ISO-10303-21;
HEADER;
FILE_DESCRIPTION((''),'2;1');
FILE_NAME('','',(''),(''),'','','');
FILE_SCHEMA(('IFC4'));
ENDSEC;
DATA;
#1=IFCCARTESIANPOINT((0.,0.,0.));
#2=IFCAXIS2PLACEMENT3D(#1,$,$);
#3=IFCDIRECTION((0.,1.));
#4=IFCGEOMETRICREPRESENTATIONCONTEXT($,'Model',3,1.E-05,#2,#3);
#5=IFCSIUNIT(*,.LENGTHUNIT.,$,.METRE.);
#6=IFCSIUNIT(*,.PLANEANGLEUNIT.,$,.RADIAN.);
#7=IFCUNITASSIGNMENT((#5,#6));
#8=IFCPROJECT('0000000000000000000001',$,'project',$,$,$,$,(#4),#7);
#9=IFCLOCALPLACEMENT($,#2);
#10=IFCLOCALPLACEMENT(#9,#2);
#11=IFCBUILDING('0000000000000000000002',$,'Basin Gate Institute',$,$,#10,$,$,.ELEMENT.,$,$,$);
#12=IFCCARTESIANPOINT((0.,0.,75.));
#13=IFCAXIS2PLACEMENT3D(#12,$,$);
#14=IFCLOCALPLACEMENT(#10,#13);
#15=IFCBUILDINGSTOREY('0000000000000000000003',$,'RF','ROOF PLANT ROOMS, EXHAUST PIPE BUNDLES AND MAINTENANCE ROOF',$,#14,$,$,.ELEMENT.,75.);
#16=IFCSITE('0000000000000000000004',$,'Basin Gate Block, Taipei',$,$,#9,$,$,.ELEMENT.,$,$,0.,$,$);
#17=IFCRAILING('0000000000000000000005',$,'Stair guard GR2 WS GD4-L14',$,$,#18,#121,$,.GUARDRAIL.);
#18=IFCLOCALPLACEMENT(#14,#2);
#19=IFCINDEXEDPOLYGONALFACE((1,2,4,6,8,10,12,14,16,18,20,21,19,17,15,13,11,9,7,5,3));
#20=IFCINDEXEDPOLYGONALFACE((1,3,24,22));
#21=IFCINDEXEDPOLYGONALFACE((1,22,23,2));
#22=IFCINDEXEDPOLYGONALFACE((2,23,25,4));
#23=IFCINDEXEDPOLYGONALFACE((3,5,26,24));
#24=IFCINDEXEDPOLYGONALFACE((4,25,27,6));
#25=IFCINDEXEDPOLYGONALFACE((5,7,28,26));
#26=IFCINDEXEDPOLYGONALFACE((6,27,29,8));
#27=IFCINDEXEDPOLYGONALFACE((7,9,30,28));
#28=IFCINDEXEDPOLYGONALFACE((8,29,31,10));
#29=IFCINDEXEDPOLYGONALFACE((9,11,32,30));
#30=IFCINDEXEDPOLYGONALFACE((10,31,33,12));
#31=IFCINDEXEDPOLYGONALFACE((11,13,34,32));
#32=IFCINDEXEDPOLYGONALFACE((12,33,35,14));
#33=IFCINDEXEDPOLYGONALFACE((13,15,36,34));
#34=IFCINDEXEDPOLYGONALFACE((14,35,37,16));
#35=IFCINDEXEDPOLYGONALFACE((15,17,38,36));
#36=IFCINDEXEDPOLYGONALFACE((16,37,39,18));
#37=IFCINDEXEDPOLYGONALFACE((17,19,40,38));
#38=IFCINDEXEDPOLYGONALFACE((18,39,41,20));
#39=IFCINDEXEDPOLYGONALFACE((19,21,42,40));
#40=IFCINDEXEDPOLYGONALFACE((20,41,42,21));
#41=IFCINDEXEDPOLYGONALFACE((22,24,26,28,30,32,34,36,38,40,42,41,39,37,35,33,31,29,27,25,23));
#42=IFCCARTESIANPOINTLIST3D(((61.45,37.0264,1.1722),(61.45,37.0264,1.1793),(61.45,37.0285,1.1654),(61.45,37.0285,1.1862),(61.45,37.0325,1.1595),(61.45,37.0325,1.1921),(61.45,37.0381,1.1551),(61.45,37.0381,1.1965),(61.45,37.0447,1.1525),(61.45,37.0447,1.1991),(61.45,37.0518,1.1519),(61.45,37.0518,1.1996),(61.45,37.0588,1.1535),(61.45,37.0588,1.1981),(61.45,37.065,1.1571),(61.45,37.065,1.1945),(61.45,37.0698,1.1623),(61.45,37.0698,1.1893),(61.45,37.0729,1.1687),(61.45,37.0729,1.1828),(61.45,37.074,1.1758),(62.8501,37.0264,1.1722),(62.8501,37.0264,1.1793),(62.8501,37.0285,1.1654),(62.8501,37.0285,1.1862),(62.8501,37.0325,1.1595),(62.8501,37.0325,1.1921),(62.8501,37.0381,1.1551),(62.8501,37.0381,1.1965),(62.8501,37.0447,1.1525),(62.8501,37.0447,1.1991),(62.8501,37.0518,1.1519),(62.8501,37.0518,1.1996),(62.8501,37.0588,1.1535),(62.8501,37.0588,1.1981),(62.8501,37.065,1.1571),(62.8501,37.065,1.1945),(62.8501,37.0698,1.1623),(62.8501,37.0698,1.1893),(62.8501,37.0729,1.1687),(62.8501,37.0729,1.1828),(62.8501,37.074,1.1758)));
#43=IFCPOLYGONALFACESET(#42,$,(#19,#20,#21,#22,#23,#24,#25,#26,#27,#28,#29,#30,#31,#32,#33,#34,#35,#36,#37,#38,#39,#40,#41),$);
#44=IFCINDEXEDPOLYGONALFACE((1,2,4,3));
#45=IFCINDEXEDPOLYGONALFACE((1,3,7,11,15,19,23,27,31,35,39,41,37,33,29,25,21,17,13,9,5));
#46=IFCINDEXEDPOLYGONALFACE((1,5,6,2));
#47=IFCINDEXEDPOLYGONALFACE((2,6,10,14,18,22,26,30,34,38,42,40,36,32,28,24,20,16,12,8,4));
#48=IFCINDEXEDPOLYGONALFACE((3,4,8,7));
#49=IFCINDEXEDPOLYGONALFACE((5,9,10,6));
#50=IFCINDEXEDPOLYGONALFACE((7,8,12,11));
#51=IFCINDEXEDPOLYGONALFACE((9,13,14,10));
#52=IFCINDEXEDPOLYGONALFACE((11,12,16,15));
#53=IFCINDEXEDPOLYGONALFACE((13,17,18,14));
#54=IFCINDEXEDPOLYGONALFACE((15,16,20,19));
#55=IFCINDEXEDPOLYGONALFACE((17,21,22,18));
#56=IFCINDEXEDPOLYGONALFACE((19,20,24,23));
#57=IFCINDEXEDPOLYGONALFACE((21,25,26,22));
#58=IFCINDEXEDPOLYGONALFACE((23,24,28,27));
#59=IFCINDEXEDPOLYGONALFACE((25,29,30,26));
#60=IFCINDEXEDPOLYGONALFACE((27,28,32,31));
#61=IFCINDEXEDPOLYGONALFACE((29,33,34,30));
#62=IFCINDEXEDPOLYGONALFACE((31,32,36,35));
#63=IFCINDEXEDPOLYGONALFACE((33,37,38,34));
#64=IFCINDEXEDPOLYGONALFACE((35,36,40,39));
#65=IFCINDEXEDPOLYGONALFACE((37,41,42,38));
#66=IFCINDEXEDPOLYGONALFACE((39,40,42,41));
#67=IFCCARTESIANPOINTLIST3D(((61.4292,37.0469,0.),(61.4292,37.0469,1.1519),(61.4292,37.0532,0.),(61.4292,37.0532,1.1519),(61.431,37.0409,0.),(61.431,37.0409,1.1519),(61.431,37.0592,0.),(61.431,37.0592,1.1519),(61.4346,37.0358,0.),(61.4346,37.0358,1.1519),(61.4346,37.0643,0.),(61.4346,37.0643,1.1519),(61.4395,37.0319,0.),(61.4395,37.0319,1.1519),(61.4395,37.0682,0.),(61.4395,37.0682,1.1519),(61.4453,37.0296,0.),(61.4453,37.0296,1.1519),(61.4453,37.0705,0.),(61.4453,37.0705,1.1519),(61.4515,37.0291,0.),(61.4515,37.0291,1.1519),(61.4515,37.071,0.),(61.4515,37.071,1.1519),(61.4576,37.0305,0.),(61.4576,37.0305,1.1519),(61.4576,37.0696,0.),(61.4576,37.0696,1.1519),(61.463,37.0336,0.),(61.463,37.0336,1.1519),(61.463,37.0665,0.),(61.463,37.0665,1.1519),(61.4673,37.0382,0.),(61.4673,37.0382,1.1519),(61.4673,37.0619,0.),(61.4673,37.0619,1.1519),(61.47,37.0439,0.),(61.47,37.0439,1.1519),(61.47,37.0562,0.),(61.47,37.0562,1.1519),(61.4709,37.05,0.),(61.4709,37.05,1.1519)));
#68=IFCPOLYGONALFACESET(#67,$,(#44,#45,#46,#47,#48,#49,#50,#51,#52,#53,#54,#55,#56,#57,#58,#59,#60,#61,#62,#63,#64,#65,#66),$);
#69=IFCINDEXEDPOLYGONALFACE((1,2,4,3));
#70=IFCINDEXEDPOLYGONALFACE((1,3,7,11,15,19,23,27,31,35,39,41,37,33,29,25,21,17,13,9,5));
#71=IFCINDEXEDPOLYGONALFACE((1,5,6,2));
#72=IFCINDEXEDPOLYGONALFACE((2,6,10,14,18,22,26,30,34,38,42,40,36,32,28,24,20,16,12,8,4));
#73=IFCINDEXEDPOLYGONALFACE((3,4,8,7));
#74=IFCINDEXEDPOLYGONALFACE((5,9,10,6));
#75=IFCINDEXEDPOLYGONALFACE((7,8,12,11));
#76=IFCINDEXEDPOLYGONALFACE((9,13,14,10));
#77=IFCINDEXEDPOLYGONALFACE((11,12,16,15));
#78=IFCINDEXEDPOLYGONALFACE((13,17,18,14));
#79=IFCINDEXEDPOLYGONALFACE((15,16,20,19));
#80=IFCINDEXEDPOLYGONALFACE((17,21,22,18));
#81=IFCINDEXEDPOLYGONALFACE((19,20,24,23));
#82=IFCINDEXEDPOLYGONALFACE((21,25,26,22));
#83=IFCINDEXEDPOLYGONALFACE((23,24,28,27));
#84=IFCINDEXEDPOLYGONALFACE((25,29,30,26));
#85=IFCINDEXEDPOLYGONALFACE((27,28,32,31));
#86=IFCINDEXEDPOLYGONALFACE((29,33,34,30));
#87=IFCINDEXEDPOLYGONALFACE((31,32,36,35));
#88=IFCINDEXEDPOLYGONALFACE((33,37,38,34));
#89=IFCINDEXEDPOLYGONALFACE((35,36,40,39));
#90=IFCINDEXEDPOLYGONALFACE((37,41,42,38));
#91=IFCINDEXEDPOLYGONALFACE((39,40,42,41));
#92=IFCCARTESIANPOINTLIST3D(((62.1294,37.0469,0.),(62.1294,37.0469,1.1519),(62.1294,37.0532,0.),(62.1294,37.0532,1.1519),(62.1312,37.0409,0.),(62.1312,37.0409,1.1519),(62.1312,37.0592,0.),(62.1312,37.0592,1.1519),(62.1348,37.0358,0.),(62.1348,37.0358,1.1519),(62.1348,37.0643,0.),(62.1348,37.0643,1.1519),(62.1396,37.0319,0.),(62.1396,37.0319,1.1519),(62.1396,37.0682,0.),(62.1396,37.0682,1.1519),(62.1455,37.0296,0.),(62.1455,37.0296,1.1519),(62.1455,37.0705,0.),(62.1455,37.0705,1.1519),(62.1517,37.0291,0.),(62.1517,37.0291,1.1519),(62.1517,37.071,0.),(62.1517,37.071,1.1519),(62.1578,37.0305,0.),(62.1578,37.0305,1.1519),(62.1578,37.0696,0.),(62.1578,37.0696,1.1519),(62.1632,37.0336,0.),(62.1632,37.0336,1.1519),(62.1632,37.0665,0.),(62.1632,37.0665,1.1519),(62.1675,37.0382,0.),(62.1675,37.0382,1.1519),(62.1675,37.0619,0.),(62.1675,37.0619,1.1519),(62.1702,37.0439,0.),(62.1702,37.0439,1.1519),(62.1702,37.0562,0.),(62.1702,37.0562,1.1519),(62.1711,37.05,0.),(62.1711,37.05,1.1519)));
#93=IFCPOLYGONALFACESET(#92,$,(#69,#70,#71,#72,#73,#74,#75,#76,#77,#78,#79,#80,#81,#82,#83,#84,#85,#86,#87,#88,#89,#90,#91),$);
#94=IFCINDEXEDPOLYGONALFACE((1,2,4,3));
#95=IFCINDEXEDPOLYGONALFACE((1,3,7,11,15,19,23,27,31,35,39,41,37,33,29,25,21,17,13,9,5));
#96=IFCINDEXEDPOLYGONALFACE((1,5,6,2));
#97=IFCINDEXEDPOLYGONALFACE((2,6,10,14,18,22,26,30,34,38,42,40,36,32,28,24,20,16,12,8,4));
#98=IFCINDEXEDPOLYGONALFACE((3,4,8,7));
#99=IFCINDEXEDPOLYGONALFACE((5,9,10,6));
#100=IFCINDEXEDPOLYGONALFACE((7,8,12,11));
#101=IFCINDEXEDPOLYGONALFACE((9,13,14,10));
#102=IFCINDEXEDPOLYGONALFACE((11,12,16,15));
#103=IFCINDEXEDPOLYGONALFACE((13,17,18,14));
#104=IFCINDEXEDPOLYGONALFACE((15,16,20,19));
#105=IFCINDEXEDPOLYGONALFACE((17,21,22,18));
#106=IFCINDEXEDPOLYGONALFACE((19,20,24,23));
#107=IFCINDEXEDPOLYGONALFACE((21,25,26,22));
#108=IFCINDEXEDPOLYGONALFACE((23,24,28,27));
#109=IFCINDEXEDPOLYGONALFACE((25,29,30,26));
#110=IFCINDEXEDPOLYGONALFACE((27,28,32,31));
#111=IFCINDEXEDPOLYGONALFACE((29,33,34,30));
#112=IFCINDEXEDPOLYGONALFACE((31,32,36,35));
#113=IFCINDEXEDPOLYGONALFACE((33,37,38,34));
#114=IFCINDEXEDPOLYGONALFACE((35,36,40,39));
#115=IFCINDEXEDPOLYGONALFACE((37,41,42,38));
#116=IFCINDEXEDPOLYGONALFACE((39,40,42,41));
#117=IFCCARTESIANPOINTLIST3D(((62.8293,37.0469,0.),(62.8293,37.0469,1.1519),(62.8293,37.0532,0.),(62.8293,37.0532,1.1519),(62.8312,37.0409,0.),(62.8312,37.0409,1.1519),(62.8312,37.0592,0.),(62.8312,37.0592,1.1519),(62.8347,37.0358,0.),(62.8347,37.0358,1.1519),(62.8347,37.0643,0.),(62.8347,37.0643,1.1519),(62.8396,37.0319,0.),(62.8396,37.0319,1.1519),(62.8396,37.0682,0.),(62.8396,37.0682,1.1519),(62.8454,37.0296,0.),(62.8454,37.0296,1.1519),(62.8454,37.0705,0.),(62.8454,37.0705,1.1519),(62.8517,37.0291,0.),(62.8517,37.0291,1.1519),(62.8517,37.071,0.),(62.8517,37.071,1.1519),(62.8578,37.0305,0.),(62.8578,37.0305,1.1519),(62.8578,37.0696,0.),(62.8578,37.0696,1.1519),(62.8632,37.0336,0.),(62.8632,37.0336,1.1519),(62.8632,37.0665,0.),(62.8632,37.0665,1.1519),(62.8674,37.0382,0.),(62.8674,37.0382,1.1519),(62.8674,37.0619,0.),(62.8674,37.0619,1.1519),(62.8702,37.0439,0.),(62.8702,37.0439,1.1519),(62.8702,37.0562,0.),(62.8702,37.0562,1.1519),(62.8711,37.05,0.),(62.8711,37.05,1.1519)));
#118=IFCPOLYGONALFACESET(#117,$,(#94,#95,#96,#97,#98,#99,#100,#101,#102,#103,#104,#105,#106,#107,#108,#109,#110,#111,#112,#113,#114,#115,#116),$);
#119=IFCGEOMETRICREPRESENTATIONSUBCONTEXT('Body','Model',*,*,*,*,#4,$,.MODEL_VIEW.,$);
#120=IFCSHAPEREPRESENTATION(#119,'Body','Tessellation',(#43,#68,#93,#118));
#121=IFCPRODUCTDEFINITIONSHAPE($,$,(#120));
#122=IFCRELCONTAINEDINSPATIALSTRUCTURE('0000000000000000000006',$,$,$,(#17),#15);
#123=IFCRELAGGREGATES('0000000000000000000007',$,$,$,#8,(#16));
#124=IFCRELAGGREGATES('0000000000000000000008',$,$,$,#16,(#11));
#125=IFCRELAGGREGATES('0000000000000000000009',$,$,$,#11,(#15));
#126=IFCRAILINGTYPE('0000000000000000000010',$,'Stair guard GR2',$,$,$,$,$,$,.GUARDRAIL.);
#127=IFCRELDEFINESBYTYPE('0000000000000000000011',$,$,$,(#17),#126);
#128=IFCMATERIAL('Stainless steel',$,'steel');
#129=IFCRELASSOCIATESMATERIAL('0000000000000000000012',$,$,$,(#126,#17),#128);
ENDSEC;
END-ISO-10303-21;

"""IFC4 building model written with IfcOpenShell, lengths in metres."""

from ifc_helpers import new_model, si_unit, direction, frame, origin, origin_2d, place, context, subcontext, project, spatial, circle, extrude, material, type_object, element, save


model = new_model("IFC4")

# Units and contexts
model_context = context("Model", 3, precision=1e-05, world=origin(), true_north=direction((0.0, 1.0)))
body_context = subcontext(model_context, "Body", "Model", "MODEL_VIEW")
ifc_project = project(units=[si_unit("LENGTHUNIT", "METRE"), si_unit("PLANEANGLEUNIT", "RADIAN")], contexts=[model_context])

# Site, building, storey
site_placement = place(None, origin())
site = spatial("IfcSite", under=ifc_project, at=site_placement, Name="Basin Gate Block, Taipei", CompositionType="ELEMENT", RefElevation=0.0)
building_placement = place(site_placement, origin())
building = spatial("IfcBuilding", under=site, at=building_placement, Name="Basin Gate Institute", CompositionType="ELEMENT")
storey_placement = place(building_placement, frame((0.0, 0.0, 75.0)))
storey = spatial("IfcBuildingStorey", under=building, at=storey_placement, Name="RF", Description="ROOF PLANT ROOMS, EXHAUST PIPE BUNDLES AND MAINTENANCE ROOF", CompositionType="ELEMENT", Elevation=75.0)

# Railing
ifc_material_1 = material(Name="Stainless steel", Category="steel")
railing_type = type_object("IfcRailingType", Name="Stair guard GR2", PredefinedType="GUARDRAIL", material=ifc_material_1)
railing_1_placement = place(storey_placement, frame((61.45, 37.05, 0.0)))
element("IfcRailing", 1, at=railing_1_placement, inside=storey, type_object=railing_type, material=ifc_material_1, Name="Stair guard GR2 WS GD4-L14", PredefinedType="GUARDRAIL", context=body_context, shape_type="SweptSolid", body=[
    extrude(circle(Radius=0.0239, at=origin_2d()), frame((0.0, 0.0, 1.1758), z_axis=(1.0, 0.0, 0.0), x_axis=(0.0, 1.0, 0.0)), (0.0, 0.0, 1.0), 1.4001),
    extrude(circle(Radius=0.021, at=origin_2d()), origin(), (0.0, 0.0, 1.0), 1.1519),
    extrude(circle(Radius=0.021, at=origin_2d()), frame((0.7002, 0.0, 0.0)), (0.0, 0.0, 1.0), 1.1519),
    extrude(circle(Radius=0.021, at=origin_2d()), frame((1.4001, 0.0, 0.0)), (0.0, 0.0, 1.0), 1.1519),
])

save(model, "model.ifc")
